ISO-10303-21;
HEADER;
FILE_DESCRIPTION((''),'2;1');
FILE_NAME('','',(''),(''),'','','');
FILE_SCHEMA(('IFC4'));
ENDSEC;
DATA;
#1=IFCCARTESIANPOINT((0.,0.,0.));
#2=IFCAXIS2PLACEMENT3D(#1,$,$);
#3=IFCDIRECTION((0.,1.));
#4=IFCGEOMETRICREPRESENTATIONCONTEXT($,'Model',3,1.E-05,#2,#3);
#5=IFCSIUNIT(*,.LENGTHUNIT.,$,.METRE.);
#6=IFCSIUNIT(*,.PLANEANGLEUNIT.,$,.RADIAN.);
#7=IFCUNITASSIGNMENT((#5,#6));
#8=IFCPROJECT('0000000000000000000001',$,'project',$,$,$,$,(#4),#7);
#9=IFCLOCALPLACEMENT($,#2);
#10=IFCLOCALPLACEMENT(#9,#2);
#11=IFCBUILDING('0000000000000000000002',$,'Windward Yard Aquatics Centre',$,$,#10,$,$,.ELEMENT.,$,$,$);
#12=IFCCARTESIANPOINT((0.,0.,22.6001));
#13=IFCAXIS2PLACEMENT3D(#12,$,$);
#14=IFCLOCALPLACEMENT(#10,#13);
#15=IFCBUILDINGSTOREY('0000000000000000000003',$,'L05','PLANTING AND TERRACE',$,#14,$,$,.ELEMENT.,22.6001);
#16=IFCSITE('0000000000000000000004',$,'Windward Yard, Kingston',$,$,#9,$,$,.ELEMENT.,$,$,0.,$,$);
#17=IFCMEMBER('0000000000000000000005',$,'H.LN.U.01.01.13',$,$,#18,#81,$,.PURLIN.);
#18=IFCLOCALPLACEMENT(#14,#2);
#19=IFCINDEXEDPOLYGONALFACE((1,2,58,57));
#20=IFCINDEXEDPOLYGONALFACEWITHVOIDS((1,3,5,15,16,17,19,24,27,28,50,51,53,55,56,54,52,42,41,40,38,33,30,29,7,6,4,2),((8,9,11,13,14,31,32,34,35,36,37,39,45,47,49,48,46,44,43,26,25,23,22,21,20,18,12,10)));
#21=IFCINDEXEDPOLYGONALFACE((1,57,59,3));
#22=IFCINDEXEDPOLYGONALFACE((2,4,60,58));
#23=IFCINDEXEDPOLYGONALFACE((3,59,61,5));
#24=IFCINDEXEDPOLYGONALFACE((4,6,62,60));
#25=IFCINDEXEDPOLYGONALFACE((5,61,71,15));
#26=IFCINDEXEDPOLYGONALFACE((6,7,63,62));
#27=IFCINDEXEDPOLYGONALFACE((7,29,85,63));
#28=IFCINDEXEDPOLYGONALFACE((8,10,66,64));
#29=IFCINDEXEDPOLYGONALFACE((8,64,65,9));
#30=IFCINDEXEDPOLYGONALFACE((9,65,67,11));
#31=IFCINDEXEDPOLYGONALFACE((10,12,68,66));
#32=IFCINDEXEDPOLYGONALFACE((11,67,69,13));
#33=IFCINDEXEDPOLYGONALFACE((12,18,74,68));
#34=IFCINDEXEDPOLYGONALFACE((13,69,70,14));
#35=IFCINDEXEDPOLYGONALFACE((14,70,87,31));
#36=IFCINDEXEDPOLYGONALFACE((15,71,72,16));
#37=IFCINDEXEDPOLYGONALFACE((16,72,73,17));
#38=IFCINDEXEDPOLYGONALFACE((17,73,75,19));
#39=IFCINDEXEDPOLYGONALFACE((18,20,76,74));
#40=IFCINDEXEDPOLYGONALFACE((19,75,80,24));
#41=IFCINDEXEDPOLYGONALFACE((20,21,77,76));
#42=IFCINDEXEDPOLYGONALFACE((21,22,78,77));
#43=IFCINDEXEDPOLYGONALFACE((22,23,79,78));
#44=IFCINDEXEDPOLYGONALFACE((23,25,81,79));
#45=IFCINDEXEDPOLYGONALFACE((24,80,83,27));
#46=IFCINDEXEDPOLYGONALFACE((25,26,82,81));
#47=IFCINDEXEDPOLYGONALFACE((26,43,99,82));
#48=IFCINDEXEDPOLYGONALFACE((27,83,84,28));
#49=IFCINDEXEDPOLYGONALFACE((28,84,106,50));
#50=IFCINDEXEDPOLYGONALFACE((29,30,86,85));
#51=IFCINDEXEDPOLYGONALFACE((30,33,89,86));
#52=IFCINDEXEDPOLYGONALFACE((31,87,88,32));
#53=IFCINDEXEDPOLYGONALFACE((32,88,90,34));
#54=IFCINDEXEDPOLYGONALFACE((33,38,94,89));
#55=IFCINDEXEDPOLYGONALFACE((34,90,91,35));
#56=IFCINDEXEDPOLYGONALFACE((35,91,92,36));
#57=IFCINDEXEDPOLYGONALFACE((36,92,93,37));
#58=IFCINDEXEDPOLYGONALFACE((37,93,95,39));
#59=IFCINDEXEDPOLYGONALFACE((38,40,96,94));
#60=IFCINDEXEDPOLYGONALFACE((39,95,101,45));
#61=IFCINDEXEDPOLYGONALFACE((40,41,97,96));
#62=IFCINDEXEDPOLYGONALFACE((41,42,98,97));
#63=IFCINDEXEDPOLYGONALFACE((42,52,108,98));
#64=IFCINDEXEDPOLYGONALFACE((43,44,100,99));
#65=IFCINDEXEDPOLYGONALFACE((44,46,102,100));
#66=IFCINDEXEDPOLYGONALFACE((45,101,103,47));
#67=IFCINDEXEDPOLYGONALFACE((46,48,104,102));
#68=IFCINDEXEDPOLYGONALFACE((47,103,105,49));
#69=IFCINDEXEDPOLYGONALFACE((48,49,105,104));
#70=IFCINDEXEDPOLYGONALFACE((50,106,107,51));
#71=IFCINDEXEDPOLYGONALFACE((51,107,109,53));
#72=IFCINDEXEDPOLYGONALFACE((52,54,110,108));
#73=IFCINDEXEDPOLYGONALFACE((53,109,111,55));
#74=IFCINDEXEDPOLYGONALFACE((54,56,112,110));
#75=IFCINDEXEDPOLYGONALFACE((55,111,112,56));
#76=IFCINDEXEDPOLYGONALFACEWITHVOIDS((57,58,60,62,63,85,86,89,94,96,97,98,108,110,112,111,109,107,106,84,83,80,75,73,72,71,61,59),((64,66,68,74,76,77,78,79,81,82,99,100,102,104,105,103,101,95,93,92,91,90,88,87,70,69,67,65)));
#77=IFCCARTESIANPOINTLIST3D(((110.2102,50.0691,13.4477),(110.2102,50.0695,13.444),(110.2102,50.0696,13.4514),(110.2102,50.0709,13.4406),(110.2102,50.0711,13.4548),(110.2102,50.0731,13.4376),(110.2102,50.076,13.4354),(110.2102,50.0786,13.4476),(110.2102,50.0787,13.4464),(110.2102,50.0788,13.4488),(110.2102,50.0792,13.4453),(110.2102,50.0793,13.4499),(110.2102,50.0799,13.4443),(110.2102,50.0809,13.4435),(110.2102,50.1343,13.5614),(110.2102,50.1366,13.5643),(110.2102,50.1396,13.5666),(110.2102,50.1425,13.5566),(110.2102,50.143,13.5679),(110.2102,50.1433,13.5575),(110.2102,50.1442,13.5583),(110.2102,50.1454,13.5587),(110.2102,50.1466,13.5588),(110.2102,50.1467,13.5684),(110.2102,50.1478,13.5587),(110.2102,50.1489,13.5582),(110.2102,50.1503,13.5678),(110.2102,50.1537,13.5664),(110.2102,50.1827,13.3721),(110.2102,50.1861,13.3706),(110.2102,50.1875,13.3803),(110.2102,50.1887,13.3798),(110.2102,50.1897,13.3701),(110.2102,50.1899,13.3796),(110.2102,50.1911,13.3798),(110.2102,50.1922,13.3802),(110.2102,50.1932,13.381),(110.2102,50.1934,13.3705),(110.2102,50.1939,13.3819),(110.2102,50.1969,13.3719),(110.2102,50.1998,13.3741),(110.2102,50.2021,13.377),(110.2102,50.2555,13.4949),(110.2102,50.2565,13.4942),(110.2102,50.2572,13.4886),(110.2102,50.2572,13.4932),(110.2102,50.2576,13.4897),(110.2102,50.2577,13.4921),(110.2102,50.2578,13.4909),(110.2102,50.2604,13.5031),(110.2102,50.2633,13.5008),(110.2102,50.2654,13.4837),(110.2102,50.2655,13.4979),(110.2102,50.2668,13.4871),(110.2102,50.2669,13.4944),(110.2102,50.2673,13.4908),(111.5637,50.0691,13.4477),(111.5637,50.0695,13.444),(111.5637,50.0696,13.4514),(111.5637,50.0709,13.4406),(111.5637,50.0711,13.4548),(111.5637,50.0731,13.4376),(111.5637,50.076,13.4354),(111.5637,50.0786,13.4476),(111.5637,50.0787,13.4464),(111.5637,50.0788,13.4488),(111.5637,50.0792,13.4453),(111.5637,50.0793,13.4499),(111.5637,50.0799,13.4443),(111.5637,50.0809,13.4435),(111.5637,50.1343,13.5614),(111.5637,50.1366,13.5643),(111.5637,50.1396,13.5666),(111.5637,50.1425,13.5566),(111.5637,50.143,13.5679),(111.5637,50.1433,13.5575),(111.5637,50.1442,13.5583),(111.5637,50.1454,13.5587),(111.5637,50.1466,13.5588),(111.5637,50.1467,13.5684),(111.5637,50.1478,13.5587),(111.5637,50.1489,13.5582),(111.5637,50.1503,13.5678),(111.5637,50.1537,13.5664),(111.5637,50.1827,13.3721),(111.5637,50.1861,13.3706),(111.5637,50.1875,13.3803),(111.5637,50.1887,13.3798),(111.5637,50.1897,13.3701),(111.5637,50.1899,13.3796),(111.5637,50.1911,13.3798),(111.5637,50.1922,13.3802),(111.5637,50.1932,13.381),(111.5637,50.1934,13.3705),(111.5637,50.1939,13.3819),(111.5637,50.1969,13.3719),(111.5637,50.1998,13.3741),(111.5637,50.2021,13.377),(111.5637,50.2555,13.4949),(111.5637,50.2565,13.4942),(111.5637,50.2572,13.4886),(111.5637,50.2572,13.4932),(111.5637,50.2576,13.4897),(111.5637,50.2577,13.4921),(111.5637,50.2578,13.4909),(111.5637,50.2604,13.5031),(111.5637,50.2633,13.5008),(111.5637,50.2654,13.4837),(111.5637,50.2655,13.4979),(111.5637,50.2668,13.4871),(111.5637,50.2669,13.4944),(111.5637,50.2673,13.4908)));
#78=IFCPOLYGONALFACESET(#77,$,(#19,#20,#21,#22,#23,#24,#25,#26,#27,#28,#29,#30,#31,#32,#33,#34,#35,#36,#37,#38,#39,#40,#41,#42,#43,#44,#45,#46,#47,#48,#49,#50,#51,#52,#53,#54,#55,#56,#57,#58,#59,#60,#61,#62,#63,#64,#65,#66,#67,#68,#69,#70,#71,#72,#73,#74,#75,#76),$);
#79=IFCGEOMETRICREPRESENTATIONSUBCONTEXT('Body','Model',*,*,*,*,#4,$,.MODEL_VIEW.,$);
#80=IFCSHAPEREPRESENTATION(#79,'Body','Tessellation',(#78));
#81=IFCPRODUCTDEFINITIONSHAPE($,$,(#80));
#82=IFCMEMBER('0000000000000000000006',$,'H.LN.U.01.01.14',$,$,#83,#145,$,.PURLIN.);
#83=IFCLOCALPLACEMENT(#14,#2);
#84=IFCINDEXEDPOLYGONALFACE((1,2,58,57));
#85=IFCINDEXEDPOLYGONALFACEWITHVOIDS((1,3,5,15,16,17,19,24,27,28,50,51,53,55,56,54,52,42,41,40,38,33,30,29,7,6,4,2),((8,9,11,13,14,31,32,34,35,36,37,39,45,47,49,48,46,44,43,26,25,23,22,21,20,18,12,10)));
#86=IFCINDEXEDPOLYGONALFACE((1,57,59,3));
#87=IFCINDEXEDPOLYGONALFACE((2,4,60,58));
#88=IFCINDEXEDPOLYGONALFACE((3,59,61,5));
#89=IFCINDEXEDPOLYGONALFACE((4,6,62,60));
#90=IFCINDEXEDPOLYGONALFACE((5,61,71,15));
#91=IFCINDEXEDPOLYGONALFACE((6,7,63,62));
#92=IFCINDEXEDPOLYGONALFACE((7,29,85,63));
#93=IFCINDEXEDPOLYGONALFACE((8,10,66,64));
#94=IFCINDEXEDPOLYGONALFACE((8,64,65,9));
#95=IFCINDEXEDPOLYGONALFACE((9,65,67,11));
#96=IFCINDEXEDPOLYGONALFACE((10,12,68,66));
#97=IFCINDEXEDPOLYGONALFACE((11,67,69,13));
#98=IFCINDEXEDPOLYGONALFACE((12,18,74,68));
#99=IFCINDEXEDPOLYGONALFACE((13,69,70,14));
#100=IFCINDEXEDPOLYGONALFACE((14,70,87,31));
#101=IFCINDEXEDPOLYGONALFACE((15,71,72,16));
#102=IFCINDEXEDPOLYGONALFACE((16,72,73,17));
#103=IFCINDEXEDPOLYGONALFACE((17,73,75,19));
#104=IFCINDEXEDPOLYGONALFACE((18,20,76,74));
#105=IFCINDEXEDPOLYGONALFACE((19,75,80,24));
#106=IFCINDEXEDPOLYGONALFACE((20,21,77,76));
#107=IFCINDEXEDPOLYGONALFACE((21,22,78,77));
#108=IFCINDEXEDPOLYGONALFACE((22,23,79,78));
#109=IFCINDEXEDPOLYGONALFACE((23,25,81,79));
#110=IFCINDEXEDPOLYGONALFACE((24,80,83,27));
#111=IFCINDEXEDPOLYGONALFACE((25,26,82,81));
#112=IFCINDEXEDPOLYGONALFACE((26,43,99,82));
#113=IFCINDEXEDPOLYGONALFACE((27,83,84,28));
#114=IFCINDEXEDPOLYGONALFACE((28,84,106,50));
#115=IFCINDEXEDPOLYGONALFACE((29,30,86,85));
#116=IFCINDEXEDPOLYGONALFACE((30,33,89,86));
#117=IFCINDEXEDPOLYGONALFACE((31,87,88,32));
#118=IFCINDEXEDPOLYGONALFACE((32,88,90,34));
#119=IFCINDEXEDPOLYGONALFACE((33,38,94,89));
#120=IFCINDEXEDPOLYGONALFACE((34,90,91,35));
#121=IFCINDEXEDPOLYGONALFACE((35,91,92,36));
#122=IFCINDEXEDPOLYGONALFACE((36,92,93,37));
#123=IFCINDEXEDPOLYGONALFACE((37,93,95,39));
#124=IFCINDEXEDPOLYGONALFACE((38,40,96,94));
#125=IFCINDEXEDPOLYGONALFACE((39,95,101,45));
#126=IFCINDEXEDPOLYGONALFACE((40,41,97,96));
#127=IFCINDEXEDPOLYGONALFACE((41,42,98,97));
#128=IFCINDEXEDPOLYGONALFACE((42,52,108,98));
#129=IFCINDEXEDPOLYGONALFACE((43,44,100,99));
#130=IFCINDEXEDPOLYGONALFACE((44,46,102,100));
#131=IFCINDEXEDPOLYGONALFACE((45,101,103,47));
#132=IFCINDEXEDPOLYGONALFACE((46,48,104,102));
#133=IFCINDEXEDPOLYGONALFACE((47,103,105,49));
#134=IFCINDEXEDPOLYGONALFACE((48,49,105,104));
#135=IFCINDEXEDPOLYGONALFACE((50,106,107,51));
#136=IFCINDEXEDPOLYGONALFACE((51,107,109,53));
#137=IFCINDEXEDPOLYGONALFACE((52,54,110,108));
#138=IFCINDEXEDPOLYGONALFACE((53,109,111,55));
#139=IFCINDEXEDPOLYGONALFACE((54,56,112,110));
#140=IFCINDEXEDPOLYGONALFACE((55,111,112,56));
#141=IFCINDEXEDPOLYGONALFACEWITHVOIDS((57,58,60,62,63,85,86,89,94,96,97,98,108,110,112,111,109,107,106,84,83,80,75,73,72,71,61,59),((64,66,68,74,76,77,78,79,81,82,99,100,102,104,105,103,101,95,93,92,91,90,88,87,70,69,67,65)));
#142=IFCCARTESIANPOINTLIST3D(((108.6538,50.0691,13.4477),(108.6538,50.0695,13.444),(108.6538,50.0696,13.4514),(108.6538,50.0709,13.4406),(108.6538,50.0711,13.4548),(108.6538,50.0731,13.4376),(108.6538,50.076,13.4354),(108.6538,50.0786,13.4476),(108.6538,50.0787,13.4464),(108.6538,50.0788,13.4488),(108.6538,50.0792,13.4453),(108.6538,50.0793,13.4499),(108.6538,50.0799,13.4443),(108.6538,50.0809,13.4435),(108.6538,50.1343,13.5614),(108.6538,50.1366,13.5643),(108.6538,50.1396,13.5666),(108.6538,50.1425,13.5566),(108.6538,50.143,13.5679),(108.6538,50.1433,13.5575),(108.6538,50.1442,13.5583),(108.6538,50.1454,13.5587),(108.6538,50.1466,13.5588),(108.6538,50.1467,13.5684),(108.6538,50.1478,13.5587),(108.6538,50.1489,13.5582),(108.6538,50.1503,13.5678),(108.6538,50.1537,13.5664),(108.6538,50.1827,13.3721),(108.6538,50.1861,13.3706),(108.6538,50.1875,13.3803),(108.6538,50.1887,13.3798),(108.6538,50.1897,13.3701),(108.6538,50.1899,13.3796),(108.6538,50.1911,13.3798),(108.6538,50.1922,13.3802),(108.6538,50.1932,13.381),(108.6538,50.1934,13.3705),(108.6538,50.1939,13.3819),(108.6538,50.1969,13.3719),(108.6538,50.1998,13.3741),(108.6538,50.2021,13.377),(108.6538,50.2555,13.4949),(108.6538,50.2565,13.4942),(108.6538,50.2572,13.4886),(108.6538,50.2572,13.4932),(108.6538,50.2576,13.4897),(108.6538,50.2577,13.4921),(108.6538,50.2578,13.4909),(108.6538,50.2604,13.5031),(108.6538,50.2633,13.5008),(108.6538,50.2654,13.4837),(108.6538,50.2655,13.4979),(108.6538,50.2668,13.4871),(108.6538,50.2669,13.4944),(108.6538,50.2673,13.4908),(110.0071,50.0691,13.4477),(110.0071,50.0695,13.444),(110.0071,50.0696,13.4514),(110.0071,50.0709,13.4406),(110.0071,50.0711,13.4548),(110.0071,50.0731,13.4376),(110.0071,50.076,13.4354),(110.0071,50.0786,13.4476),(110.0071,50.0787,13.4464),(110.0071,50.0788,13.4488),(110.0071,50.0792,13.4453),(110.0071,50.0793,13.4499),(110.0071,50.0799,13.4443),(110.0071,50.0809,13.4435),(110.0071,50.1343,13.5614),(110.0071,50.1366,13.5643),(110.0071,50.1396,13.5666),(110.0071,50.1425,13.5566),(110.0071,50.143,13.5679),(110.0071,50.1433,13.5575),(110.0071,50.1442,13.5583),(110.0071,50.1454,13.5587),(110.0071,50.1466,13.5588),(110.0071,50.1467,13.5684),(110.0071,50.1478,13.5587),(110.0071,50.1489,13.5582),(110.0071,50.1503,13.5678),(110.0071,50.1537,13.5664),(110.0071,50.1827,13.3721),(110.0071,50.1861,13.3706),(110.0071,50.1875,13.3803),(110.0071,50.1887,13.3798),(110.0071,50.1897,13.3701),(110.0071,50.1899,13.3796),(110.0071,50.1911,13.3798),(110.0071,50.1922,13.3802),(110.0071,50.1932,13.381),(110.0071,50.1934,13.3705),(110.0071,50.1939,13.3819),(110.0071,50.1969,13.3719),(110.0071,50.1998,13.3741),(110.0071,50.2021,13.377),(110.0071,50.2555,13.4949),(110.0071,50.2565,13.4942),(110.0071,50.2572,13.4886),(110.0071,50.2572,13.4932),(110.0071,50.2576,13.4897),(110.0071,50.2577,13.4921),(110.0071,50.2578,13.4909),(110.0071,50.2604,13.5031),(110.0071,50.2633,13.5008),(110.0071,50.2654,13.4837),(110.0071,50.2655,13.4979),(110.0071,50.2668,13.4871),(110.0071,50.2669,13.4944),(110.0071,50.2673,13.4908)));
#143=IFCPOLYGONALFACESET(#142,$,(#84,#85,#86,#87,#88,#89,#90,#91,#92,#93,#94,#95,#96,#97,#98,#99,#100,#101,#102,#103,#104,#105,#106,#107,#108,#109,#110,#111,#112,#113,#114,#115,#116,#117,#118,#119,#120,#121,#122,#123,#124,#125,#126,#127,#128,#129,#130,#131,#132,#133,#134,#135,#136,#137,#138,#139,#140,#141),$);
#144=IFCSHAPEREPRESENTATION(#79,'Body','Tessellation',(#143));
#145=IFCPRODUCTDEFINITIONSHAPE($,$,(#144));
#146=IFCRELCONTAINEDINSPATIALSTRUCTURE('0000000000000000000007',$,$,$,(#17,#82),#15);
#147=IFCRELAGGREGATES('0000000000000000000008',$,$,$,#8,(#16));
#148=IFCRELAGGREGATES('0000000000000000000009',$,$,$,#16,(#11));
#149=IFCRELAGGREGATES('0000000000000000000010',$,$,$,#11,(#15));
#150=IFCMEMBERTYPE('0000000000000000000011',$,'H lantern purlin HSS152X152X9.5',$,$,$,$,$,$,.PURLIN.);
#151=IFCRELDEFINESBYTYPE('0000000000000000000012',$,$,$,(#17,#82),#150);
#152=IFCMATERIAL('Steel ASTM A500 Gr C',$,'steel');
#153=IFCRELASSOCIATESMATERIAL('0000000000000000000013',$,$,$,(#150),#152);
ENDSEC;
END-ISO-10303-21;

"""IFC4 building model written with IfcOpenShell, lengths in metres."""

from ifc_helpers import new_model, si_unit, direction, frame, origin, origin_2d, place, context, subcontext, project, spatial, hollow_rectangle, extrude, material, material_profile, profile_set, type_object, element, save


model = new_model("IFC4")

# Units and contexts
model_context = context("Model", 3, precision=1e-05, world=origin(), true_north=direction((0.0, 1.0)))
body_context = subcontext(model_context, "Body", "Model", "MODEL_VIEW")
ifc_project = project(units=[si_unit("LENGTHUNIT", "METRE"), si_unit("PLANEANGLEUNIT", "RADIAN")], contexts=[model_context])

# Site, building, storey
site_placement = place(None, origin())
site = spatial("IfcSite", under=ifc_project, at=site_placement, Name="Windward Yard, Kingston", CompositionType="ELEMENT", RefElevation=0.0)
building_placement = place(site_placement, origin())
building = spatial("IfcBuilding", under=site, at=building_placement, Name="Windward Yard Aquatics Centre", CompositionType="ELEMENT")
storey_placement = place(building_placement, frame((0.0, 0.0, 22.6001)))
storey = spatial("IfcBuildingStorey", under=building, at=storey_placement, Name="L05", Description="PLANTING AND TERRACE", CompositionType="ELEMENT", Elevation=22.6001)

# Members
ifc_material_1 = material(Name="Steel ASTM A500 Gr C", Category="steel")
ifc_material_profile_1 = material_profile(ifc_material_1, hollow_rectangle(XDim=0.1523, YDim=0.1523, WallThickness=0.0095, InnerFilletRadius=0.0046, OuterFilletRadius=0.0142, at=origin_2d()), Name="HSS152X152X9.5")
ifc_profile_set_1 = profile_set([ifc_material_profile_1], Name="Steel ASTM A500 Gr C")
member_type_1 = type_object("IfcMemberType", Name="H lantern purlin HSS152X152X9.5", PredefinedType="PURLIN", material=ifc_profile_set_1)
member_1_placement = place(storey_placement, frame((111.5637, 50.1682, 13.4692), z_axis=(-1.0, 0.0, 0.0), x_axis=(0.0, -0.51012, -0.860103)))
element("IfcMember", 1, at=member_1_placement, inside=storey, type_object=member_type_1, Name="H.LN.U.01.01.13", PredefinedType="PURLIN", context=body_context, shape_type="SweptSolid", body=[
    extrude(hollow_rectangle(XDim=0.1523, YDim=0.1523, WallThickness=0.0095, InnerFilletRadius=0.0046, OuterFilletRadius=0.0142, at=origin_2d()), origin(), (0.0, 0.0, 1.0), 1.3535),
])
for number, where, z_axis, x_axis, name in (
    (2, (110.0071, 50.1682, 13.4692), (-1.0, 0.0, 0.0), (0.0, -0.51012, -0.860103), "H.LN.U.01.01.14"),
):
    element("IfcMember", number, at=place(storey_placement, frame(where, z_axis=z_axis, x_axis=x_axis)), inside=storey, type_object=member_type_1, Name=name, PredefinedType="PURLIN", context=body_context, shape_type="SweptSolid", body=[
        extrude(hollow_rectangle(XDim=0.1523, YDim=0.1523, WallThickness=0.0095, InnerFilletRadius=0.0046, OuterFilletRadius=0.0142, at=origin_2d()), origin(), (0.0, 0.0, 1.0), 1.3533),
    ])

save(model, "model.ifc")
